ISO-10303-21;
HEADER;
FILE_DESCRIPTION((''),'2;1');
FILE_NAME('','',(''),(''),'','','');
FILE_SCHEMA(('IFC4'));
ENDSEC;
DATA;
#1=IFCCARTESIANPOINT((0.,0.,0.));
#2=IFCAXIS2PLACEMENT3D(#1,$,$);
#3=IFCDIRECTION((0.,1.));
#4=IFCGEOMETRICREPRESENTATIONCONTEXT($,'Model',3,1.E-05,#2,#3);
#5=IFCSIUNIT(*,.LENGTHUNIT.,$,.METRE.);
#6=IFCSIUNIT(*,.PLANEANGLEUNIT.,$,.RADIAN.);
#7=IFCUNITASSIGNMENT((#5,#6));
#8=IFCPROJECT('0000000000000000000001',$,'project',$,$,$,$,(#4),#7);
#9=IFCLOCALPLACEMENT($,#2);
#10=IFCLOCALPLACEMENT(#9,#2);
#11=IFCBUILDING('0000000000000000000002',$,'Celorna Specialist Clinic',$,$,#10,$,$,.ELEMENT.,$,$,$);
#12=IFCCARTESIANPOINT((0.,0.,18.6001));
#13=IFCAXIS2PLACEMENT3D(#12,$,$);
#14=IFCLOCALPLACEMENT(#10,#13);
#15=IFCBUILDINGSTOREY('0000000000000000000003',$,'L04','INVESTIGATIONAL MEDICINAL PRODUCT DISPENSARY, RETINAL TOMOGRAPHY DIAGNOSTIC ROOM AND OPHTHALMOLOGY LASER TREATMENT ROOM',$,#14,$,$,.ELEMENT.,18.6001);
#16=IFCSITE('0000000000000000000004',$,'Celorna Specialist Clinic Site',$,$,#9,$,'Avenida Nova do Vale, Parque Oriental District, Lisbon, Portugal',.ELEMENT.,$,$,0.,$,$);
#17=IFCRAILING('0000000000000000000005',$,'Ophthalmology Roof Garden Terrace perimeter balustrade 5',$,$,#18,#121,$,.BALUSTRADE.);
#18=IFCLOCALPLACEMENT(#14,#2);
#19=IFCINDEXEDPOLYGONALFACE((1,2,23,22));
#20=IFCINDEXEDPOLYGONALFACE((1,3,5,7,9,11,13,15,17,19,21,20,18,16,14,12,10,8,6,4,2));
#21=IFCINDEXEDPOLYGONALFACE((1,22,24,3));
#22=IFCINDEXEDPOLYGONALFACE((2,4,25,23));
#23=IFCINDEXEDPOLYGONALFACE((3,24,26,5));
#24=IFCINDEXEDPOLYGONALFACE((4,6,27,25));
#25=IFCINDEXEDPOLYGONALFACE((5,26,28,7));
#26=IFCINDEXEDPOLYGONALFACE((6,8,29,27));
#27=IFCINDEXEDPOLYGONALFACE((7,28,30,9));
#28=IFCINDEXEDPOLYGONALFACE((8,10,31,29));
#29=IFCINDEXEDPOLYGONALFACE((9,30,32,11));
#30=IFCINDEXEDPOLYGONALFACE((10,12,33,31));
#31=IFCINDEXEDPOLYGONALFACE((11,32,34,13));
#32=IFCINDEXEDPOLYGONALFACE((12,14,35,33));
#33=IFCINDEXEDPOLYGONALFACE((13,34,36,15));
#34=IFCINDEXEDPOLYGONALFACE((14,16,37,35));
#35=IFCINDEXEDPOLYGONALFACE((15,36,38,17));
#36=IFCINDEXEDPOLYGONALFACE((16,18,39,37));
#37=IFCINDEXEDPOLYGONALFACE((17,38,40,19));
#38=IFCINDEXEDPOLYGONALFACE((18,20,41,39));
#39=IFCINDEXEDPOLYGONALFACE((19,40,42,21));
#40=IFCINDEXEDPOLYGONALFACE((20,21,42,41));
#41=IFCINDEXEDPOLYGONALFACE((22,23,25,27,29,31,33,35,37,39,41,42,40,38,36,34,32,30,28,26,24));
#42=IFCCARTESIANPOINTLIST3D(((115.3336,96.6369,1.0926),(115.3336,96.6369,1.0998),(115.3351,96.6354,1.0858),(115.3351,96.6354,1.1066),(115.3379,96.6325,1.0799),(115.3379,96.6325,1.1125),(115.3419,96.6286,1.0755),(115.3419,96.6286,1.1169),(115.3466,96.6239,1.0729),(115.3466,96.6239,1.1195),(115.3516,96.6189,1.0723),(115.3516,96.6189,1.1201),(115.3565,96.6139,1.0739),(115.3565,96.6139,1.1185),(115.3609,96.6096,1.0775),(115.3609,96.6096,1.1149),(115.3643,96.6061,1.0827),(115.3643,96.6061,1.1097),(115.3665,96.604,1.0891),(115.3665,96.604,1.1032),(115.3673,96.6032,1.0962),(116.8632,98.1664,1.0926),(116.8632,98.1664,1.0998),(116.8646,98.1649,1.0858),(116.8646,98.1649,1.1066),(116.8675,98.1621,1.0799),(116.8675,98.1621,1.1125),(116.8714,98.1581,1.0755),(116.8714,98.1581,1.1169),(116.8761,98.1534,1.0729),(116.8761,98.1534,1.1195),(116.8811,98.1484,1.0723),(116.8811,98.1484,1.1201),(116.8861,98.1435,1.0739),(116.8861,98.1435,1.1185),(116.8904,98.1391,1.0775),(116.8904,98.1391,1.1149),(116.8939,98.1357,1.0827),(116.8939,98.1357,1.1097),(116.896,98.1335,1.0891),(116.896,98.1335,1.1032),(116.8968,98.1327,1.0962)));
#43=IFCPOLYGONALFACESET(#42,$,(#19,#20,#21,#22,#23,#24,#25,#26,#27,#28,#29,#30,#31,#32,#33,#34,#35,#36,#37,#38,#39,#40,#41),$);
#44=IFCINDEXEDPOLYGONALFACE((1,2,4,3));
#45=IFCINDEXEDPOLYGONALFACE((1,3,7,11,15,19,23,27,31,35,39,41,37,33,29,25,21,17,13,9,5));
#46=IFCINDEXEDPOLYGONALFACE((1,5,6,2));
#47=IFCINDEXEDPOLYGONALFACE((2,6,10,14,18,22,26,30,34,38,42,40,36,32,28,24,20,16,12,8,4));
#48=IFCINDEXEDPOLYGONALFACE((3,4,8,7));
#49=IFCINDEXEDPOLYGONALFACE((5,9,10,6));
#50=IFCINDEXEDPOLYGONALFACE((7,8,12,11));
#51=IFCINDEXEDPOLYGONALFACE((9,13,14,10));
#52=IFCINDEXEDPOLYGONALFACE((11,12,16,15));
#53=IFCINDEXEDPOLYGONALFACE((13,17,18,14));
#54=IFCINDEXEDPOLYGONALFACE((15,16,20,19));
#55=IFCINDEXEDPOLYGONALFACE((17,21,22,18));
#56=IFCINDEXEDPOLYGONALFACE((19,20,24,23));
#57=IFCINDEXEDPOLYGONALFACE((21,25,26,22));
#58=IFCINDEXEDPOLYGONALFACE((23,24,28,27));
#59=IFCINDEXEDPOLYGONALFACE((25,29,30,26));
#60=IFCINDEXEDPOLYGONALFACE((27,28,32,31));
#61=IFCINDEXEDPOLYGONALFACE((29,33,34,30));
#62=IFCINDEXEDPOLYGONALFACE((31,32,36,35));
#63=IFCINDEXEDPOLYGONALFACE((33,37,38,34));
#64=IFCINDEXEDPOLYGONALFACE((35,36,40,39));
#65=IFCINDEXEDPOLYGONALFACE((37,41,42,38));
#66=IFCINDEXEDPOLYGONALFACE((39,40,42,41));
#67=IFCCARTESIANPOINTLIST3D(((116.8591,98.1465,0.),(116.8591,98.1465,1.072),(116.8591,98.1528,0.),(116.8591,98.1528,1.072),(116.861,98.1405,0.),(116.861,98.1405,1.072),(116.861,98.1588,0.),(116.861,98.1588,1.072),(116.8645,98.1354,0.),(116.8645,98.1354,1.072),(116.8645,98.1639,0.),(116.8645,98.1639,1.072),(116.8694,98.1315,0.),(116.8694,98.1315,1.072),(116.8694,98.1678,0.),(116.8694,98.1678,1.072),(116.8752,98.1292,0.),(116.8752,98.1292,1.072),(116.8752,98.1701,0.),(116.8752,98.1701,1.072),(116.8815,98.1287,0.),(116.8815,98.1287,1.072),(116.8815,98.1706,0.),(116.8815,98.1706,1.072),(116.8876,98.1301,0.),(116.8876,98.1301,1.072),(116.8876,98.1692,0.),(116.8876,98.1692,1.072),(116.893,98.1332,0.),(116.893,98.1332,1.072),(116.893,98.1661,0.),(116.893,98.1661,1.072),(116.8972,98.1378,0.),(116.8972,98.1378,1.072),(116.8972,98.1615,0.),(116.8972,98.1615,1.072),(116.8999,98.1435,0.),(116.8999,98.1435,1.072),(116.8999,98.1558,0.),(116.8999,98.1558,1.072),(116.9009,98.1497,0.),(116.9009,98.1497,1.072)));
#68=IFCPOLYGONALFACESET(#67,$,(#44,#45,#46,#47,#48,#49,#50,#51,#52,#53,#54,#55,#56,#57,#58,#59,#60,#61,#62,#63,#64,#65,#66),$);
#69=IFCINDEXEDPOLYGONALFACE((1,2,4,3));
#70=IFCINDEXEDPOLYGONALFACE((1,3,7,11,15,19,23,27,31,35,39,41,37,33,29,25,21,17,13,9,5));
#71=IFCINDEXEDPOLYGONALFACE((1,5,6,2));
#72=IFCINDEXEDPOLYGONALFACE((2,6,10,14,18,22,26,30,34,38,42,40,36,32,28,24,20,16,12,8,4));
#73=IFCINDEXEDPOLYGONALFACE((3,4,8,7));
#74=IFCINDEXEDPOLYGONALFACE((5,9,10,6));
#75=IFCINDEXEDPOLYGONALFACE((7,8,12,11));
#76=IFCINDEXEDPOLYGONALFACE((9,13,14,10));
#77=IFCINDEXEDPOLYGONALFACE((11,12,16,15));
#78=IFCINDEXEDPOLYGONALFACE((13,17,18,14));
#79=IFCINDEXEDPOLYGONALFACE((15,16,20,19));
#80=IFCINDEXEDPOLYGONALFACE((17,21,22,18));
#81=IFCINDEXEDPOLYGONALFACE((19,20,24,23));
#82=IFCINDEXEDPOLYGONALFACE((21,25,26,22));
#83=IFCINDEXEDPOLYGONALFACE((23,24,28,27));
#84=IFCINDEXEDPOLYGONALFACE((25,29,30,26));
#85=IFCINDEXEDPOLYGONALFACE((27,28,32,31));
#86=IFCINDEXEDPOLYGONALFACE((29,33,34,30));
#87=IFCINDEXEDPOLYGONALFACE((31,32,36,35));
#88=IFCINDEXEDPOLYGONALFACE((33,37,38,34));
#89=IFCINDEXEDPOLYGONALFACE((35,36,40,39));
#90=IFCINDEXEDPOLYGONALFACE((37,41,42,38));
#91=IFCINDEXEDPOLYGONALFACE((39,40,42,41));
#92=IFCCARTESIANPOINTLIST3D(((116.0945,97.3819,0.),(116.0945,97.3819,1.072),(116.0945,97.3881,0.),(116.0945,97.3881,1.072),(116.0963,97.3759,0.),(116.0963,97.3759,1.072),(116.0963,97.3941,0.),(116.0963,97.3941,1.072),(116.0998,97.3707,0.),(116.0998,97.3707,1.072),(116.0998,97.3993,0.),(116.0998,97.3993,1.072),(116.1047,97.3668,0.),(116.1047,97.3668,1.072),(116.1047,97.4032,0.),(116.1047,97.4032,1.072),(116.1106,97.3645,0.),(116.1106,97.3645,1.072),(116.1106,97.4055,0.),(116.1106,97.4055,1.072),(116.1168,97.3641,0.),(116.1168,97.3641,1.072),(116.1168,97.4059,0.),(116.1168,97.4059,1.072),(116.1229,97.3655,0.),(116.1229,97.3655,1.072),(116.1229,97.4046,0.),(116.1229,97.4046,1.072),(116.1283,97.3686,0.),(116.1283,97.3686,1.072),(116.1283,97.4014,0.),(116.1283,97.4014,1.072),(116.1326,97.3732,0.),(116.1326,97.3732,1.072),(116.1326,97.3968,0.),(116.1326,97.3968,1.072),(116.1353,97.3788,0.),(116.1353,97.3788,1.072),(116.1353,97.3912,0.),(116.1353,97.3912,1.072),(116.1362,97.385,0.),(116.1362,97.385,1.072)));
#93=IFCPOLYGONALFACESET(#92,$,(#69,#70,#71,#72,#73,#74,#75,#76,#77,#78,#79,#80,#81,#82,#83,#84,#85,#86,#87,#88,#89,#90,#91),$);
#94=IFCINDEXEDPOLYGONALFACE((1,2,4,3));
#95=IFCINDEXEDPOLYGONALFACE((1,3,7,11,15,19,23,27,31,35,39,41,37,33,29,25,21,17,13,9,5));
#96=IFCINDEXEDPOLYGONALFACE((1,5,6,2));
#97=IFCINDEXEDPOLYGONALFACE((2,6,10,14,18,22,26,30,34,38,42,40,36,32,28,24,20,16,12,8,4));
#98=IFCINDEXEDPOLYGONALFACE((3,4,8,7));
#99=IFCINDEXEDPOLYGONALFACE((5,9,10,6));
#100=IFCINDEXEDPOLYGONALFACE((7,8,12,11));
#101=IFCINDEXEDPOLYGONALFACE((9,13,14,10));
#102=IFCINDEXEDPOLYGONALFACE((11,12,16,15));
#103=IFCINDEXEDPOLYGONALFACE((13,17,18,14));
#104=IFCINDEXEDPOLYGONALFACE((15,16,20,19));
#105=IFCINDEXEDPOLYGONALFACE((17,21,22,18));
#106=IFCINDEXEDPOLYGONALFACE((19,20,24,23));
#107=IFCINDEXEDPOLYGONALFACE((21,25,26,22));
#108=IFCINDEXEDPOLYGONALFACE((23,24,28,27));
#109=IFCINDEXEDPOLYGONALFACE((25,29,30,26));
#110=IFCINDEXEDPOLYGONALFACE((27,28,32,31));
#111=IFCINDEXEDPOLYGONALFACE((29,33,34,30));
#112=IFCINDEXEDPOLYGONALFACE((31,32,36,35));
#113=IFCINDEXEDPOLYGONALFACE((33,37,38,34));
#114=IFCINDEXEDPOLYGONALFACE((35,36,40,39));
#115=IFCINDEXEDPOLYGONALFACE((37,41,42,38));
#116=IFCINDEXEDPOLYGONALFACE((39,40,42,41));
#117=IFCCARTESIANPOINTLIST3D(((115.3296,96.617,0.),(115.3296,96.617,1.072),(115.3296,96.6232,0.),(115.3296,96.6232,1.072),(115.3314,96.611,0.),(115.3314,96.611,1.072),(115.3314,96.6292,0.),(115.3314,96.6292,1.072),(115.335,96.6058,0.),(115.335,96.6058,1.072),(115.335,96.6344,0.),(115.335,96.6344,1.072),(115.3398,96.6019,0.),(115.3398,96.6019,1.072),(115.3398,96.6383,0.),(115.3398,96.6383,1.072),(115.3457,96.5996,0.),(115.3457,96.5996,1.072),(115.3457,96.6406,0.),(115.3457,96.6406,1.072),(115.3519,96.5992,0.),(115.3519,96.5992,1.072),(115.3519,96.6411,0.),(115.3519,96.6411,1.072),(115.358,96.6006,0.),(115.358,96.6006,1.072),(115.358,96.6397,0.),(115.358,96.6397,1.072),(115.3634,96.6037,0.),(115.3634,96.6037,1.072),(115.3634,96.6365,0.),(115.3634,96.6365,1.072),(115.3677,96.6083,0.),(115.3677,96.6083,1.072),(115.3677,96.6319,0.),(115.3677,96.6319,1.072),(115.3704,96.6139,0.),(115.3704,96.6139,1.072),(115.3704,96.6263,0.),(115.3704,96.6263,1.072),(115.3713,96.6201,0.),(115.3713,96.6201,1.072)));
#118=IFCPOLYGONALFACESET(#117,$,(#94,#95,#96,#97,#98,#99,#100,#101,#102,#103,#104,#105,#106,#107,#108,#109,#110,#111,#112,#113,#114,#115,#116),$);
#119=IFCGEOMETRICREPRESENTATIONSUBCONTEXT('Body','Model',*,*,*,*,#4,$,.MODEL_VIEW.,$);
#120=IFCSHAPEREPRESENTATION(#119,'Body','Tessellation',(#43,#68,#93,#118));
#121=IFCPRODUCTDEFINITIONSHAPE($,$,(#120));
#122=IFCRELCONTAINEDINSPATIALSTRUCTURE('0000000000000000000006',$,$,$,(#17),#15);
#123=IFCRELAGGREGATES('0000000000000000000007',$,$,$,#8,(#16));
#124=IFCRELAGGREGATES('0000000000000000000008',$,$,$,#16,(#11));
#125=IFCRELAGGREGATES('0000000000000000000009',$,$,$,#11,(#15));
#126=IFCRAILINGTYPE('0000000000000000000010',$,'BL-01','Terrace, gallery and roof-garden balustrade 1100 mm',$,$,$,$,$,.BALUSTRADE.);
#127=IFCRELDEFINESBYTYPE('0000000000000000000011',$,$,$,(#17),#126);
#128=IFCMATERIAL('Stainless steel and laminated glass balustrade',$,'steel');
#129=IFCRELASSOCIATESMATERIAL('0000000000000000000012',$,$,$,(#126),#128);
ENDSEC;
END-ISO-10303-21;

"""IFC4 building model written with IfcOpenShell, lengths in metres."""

from ifc_helpers import new_model, si_unit, direction, frame, origin, origin_2d, place, context, subcontext, project, spatial, circle, extrude, material, type_object, element, save


model = new_model("IFC4")

# Units and contexts
model_context = context("Model", 3, precision=1e-05, world=origin(), true_north=direction((0.0, 1.0)))
body_context = subcontext(model_context, "Body", "Model", "MODEL_VIEW")
ifc_project = project(units=[si_unit("LENGTHUNIT", "METRE"), si_unit("PLANEANGLEUNIT", "RADIAN")], contexts=[model_context])

# Site, building, storey
site_placement = place(None, origin())
site = spatial("IfcSite", under=ifc_project, at=site_placement, Name="Celorna Specialist Clinic Site", LongName="Avenida Nova do Vale, Parque Oriental District, Lisbon, Portugal", CompositionType="ELEMENT", RefElevation=0.0)
building_placement = place(site_placement, origin())
building = spatial("IfcBuilding", under=site, at=building_placement, Name="Celorna Specialist Clinic", CompositionType="ELEMENT")
storey_placement = place(building_placement, frame((0.0, 0.0, 18.6001)))
storey = spatial("IfcBuildingStorey", under=building, at=storey_placement, Name="L04", Description="INVESTIGATIONAL MEDICINAL PRODUCT DISPENSARY, RETINAL TOMOGRAPHY DIAGNOSTIC ROOM AND OPHTHALMOLOGY LASER TREATMENT ROOM", CompositionType="ELEMENT", Elevation=18.6001)

# Railing
ifc_material_1 = material(Name="Stainless steel and laminated glass balustrade", Category="steel")
railing_type = type_object("IfcRailingType", Name="BL-01", Description="Terrace, gallery and roof-garden balustrade 1100 mm", PredefinedType="BALUSTRADE", material=ifc_material_1)
railing_1_placement = place(storey_placement, frame((116.8799, 98.1497, 0.0)))
element("IfcRailing", 1, at=railing_1_placement, inside=storey, type_object=railing_type, Name="Ophthalmology Roof Garden Terrace perimeter balustrade 5", PredefinedType="BALUSTRADE", context=body_context, shape_type="SweptSolid", body=[
    extrude(circle(Radius=0.0239, at=origin_2d()), frame((0.0, 0.0, 1.0962), z_axis=(-0.707107, -0.707107, 0.0), x_axis=(0.707107, -0.707107, 0.0)), (0.0, 0.0, 1.0), 2.1631),
    extrude(circle(Radius=0.021, at=origin_2d()), origin(), (0.0, 0.0, 1.0), 1.072),
    extrude(circle(Radius=0.021, at=origin_2d()), frame((-0.7646, -0.7646, 0.0)), (0.0, 0.0, 1.0), 1.072),
    extrude(circle(Radius=0.021, at=origin_2d()), frame((-1.5295, -1.5295, 0.0)), (0.0, 0.0, 1.0), 1.072),
])

save(model, "model.ifc")
